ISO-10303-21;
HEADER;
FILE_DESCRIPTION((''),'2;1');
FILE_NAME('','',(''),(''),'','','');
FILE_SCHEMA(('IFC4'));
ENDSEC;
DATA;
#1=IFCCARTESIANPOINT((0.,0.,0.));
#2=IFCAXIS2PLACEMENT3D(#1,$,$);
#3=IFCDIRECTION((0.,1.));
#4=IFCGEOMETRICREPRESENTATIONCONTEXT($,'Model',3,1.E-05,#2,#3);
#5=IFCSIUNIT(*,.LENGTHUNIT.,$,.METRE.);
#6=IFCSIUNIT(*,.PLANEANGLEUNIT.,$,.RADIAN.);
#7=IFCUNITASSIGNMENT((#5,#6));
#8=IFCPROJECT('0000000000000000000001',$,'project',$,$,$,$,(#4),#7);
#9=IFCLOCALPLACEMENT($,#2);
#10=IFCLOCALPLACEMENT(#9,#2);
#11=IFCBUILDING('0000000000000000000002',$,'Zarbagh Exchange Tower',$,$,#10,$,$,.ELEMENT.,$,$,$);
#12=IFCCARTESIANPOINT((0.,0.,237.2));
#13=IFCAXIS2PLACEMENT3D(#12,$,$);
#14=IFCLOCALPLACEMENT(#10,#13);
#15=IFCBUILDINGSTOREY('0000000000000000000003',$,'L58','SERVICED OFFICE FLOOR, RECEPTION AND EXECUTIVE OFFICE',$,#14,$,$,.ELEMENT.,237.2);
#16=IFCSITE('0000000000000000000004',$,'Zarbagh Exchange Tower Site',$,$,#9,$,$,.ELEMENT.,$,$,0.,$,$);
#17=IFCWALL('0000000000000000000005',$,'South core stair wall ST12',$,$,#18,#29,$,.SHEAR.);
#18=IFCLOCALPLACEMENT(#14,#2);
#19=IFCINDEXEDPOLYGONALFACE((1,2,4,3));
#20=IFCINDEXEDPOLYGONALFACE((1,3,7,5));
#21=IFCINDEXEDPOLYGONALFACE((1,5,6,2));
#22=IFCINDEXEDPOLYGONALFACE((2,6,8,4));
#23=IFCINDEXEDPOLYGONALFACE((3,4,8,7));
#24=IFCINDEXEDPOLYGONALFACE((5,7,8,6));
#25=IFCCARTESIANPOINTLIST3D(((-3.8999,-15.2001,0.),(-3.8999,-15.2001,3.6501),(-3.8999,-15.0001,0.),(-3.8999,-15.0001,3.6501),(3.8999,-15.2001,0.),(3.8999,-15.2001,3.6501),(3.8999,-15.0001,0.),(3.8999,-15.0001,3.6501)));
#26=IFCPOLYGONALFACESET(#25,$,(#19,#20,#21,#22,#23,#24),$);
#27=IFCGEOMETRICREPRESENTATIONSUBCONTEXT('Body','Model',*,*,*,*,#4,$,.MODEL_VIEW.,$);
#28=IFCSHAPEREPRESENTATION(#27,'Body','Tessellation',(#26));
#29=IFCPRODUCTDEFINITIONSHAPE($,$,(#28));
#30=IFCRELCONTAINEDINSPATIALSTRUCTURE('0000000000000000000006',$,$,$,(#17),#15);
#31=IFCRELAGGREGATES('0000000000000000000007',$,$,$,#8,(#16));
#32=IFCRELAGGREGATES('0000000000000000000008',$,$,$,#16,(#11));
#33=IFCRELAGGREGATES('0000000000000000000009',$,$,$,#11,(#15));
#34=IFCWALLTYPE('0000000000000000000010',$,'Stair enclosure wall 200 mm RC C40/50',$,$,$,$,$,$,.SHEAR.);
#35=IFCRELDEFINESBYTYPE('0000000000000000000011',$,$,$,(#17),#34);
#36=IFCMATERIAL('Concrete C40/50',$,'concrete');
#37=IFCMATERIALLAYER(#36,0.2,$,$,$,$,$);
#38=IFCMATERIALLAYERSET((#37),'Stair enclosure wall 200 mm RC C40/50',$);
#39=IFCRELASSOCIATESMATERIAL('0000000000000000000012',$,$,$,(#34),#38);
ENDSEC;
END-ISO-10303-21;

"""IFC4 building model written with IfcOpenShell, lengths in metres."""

from ifc_helpers import new_model, si_unit, direction, frame, frame_2d, origin, place, context, subcontext, project, spatial, rectangle, extrude, material, layer, layer_set, type_object, element, save


model = new_model("IFC4")

# Units and contexts
model_context = context("Model", 3, precision=1e-05, world=origin(), true_north=direction((0.0, 1.0)))
body_context = subcontext(model_context, "Body", "Model", "MODEL_VIEW")
ifc_project = project(units=[si_unit("LENGTHUNIT", "METRE"), si_unit("PLANEANGLEUNIT", "RADIAN")], contexts=[model_context])

# Site, building, storey
site_placement = place(None, origin())
site = spatial("IfcSite", under=ifc_project, at=site_placement, Name="Zarbagh Exchange Tower Site", CompositionType="ELEMENT", RefElevation=0.0)
building_placement = place(site_placement, origin())
building = spatial("IfcBuilding", under=site, at=building_placement, Name="Zarbagh Exchange Tower", CompositionType="ELEMENT")
storey_placement = place(building_placement, frame((0.0, 0.0, 237.2)))
storey = spatial("IfcBuildingStorey", under=building, at=storey_placement, Name="L58", Description="SERVICED OFFICE FLOOR, RECEPTION AND EXECUTIVE OFFICE", CompositionType="ELEMENT", Elevation=237.2)

# Wall
ifc_material_1 = material(Name="Concrete C40/50", Category="concrete")
ifc_layer_1 = layer(ifc_material_1, 0.2)
ifc_layer_set_1 = layer_set([ifc_layer_1], Name="Stair enclosure wall 200 mm RC C40/50")
wall_type_1 = type_object("IfcWallType", Name="Stair enclosure wall 200 mm RC C40/50", PredefinedType="SHEAR", material=ifc_layer_set_1)
wall_1_placement = place(storey_placement, frame((3.8999, -15.1001, 0.0), z_axis=(0.0, 0.0, 1.0), x_axis=(-1.0, 0.0, 0.0)))
element("IfcWall", 1, at=wall_1_placement, inside=storey, type_object=wall_type_1, Name="South core stair wall ST12", PredefinedType="SHEAR", context=body_context, shape_type="SweptSolid", body=[
    extrude(rectangle(XDim=7.7998, YDim=0.2, at=frame_2d((3.8999, 0.0))), origin(), (0.0, 0.0, 1.0), 3.6501),
])

save(model, "model.ifc")
